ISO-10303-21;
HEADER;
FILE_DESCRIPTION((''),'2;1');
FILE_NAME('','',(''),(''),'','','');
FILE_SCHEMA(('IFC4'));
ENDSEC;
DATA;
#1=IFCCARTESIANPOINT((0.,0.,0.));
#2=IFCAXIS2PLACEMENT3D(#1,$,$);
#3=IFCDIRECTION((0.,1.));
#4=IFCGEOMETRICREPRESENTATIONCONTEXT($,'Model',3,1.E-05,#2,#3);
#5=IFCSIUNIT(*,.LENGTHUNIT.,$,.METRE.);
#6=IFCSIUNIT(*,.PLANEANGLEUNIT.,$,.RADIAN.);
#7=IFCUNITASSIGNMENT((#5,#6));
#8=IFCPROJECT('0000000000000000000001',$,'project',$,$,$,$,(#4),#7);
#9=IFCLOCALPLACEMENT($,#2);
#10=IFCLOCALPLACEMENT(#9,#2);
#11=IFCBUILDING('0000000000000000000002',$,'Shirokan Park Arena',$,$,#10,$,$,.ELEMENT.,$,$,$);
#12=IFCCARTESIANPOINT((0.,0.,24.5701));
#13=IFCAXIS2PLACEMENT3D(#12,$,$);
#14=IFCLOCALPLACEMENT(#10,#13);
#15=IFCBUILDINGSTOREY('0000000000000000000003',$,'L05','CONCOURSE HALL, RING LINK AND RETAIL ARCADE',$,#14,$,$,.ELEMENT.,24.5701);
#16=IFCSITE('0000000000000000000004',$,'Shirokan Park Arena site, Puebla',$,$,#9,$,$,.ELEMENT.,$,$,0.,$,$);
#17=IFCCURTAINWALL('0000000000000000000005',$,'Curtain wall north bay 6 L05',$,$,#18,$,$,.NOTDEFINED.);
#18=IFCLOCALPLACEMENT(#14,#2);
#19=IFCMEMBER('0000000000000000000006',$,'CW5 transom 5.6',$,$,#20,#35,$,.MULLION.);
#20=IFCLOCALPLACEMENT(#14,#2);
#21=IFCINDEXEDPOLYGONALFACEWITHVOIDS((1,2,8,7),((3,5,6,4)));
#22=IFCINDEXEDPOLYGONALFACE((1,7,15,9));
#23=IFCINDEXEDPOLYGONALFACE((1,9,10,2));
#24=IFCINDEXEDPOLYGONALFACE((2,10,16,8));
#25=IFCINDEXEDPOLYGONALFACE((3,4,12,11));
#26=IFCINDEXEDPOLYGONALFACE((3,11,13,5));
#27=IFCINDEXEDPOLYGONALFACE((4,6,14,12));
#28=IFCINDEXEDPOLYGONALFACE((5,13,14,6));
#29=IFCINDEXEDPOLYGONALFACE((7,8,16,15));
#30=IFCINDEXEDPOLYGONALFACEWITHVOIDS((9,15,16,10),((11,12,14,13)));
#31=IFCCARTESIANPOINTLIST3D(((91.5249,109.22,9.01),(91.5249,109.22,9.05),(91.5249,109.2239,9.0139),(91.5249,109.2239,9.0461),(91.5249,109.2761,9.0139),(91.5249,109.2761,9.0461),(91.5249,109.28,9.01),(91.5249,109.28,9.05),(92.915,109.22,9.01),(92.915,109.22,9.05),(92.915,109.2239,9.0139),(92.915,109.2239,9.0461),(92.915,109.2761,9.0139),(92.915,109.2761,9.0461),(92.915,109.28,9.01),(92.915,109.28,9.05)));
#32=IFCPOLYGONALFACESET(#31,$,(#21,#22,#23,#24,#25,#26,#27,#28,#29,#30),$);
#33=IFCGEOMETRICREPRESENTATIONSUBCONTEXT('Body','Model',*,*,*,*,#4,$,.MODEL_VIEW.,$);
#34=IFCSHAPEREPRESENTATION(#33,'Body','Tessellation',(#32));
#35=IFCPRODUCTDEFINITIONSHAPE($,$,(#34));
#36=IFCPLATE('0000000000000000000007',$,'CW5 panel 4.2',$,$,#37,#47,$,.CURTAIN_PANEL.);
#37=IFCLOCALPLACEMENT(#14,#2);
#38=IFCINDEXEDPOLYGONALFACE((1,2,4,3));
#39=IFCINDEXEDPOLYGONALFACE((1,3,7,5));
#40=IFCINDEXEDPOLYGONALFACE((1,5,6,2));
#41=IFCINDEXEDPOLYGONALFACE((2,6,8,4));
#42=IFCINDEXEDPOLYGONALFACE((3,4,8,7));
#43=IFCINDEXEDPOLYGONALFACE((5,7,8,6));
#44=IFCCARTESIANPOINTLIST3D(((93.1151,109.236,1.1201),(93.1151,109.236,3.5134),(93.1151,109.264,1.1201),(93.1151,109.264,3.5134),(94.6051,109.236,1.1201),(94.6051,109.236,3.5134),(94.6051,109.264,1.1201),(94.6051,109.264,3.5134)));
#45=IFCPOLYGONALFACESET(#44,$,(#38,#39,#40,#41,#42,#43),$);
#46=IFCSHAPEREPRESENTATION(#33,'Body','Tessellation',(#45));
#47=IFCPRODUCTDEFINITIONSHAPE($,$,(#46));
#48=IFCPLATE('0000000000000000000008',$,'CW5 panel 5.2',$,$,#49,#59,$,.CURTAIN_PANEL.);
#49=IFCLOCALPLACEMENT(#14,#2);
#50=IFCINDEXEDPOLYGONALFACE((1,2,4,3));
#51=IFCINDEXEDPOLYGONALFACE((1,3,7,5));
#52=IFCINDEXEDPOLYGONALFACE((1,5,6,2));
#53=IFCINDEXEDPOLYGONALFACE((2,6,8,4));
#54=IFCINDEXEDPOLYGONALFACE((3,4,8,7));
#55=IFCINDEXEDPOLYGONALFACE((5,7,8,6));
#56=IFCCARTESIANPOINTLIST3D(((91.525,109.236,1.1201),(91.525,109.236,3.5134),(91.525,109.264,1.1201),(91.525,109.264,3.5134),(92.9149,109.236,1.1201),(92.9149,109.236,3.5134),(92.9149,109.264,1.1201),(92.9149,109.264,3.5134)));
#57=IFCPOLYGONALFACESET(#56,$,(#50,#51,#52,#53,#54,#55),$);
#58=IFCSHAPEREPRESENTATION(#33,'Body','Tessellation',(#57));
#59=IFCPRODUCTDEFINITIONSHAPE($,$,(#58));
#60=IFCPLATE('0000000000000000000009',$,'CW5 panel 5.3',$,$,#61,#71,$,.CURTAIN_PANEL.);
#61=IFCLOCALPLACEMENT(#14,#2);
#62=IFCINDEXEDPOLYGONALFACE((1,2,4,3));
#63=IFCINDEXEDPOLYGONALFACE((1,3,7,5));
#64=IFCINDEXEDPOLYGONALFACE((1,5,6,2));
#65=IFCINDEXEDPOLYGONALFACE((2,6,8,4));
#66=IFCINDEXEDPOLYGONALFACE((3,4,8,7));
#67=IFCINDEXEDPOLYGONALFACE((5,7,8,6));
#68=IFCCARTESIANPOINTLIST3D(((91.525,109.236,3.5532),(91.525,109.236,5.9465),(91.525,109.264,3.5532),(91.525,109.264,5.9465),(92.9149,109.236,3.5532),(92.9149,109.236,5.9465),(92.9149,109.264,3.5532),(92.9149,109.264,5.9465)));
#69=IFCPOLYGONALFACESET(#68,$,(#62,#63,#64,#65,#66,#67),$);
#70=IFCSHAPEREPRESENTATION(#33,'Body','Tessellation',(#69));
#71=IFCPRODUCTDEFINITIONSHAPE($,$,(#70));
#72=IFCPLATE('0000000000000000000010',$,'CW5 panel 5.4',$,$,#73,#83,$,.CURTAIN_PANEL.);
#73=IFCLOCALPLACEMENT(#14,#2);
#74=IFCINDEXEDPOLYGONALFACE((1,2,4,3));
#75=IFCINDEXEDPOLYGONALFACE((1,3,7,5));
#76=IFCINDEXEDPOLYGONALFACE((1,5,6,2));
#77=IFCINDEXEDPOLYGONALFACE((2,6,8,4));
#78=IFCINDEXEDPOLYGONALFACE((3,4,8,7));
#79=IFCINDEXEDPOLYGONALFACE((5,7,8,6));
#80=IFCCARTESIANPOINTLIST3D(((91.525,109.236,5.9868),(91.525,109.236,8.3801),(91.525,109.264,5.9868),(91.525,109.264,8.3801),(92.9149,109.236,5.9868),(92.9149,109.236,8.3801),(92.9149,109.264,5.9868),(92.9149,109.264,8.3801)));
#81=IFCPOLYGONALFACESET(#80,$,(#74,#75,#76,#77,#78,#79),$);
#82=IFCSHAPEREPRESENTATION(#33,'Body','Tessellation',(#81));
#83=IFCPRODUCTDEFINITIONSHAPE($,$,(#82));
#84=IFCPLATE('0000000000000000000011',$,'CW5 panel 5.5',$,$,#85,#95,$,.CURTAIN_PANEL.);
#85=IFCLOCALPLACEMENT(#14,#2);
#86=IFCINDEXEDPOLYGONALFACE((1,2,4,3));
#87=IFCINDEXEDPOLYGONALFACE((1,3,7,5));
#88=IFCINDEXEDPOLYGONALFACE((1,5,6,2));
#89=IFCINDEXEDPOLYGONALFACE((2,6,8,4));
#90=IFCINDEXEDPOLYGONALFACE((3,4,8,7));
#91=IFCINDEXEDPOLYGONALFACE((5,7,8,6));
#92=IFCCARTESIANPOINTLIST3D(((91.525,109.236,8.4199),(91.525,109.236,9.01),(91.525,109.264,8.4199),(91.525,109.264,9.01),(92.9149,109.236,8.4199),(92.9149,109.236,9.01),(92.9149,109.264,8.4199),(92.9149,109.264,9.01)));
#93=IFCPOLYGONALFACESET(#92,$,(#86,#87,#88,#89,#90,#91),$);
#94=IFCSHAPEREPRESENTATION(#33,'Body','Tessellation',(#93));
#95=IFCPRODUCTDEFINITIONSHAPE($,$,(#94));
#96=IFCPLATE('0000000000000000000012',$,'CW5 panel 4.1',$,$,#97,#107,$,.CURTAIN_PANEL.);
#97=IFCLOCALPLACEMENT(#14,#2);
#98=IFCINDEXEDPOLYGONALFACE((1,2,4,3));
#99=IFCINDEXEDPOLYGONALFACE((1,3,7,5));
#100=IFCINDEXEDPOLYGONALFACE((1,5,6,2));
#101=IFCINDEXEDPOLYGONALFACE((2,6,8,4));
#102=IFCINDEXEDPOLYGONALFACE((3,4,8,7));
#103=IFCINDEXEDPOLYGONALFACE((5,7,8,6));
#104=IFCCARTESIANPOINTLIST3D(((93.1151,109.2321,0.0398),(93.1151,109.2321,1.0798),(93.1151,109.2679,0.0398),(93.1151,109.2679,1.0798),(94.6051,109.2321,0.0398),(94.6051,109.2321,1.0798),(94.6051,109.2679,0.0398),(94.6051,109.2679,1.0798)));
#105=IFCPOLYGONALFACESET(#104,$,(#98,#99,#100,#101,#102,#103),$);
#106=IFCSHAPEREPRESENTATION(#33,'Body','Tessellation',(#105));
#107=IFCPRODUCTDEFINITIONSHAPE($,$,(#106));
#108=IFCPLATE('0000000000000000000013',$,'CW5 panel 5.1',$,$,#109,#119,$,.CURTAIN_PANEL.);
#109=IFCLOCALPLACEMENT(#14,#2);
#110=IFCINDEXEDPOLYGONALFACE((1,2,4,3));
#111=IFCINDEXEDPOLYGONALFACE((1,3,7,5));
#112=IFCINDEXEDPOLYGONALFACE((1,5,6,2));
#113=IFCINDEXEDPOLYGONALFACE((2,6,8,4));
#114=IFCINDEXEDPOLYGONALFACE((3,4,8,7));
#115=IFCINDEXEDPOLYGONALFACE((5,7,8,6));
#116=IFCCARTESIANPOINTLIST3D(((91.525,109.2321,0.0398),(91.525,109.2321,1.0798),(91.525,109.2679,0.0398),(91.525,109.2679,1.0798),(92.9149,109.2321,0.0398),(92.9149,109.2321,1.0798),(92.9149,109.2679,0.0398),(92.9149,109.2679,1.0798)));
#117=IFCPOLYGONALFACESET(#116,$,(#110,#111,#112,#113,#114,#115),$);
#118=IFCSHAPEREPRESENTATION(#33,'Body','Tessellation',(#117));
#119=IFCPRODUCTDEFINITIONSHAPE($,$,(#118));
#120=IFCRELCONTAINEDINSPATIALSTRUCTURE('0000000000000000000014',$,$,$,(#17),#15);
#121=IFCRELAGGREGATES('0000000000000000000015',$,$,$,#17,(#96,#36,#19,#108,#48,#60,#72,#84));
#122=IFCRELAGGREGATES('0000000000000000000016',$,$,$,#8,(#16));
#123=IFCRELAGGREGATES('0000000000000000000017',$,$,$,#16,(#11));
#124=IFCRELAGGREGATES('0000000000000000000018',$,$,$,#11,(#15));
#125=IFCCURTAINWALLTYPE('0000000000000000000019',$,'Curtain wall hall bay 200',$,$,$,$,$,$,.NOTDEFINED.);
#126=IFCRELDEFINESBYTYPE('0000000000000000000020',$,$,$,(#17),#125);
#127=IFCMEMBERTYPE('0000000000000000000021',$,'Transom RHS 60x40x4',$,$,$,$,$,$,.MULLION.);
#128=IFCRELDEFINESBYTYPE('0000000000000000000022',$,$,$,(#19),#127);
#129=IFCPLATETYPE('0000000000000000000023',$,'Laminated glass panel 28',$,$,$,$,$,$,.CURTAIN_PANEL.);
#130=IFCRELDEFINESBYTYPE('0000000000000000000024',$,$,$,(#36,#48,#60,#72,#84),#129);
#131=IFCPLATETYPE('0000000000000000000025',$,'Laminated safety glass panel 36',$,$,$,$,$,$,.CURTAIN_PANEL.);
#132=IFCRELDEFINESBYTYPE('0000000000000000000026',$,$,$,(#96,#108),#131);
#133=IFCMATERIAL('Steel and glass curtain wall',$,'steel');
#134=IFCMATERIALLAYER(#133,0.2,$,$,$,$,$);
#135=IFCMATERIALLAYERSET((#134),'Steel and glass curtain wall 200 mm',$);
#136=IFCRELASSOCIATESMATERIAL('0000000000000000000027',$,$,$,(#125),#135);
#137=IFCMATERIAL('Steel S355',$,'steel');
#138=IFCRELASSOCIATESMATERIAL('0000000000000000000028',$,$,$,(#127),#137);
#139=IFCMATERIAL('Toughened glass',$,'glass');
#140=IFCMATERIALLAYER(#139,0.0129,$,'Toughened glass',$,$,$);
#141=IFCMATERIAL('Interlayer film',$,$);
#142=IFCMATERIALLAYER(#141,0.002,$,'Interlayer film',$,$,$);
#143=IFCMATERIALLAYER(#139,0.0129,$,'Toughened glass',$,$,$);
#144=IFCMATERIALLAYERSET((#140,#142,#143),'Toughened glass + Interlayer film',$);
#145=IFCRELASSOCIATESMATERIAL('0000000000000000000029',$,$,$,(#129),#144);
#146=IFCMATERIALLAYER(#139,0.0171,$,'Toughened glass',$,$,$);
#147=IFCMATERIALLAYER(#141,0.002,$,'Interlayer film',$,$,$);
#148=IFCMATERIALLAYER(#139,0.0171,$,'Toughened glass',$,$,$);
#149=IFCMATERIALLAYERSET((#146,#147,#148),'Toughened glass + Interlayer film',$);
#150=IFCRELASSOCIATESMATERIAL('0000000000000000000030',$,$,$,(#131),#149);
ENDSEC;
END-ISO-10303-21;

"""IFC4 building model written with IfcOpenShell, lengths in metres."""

from ifc_helpers import new_model, si_unit, direction, frame, origin, origin_2d, place, context, subcontext, project, spatial, rectangle, hollow_rectangle, extrude, material, layer, layer_set, material_profile, profile_set, type_object, element, aggregate, save


model = new_model("IFC4")

# Units and contexts
model_context = context("Model", 3, precision=1e-05, world=origin(), true_north=direction((0.0, 1.0)))
body_context = subcontext(model_context, "Body", "Model", "MODEL_VIEW")
ifc_project = project(units=[si_unit("LENGTHUNIT", "METRE"), si_unit("PLANEANGLEUNIT", "RADIAN")], contexts=[model_context])

# Site, building, storey
site_placement = place(None, origin())
site = spatial("IfcSite", under=ifc_project, at=site_placement, Name="Shirokan Park Arena site, Puebla", CompositionType="ELEMENT", RefElevation=0.0)
building_placement = place(site_placement, origin())
building = spatial("IfcBuilding", under=site, at=building_placement, Name="Shirokan Park Arena", CompositionType="ELEMENT")
storey_placement = place(building_placement, frame((0.0, 0.0, 24.5701)))
storey = spatial("IfcBuildingStorey", under=building, at=storey_placement, Name="L05", Description="CONCOURSE HALL, RING LINK AND RETAIL ARCADE", CompositionType="ELEMENT", Elevation=24.5701)

# Curtain wall
ifc_material_1 = material(Name="Steel and glass curtain wall", Category="steel")
ifc_layer_1 = layer(ifc_material_1, 0.2)
ifc_layer_set_1 = layer_set([ifc_layer_1], Name="Steel and glass curtain wall 200 mm")
curtain_wall_type = type_object("IfcCurtainWallType", Name="Curtain wall hall bay 200", PredefinedType="NOTDEFINED", material=ifc_layer_set_1)
curtain_wall_placement = place(storey_placement, origin())
curtain_wall = element("IfcCurtainWall", 1, at=curtain_wall_placement, inside=storey, type_object=curtain_wall_type, Name="Curtain wall north bay 6 L05", PredefinedType="NOTDEFINED")
ifc_material_2 = material(Name="Steel S355", Category="steel")

# Member
ifc_material_profile_1 = material_profile(ifc_material_2, hollow_rectangle(XDim=0.0601, YDim=0.04, WallThickness=0.0039, at=origin_2d()), Name="RHS 60x40x4")
ifc_profile_set_1 = profile_set([ifc_material_profile_1], Name="Steel S355")
member_type_1 = type_object("IfcMemberType", Name="Transom RHS 60x40x4", PredefinedType="MULLION", material=ifc_profile_set_1)
member_1_placement = place(storey_placement, frame((92.915, 109.25, 9.03), z_axis=(-1.0, 0.0, 0.0), x_axis=(0.0, -1.0, 0.0)))
member_1 = element("IfcMember", 2, at=member_1_placement, type_object=member_type_1, Name="CW5 transom 5.6", PredefinedType="MULLION", context=body_context, shape_type="SweptSolid", body=[
    extrude(hollow_rectangle(XDim=0.0601, YDim=0.04, WallThickness=0.0039, at=origin_2d()), origin(), (0.0, 0.0, 1.0), 1.3901),
])

# Plates
ifc_material_3 = material(Name="Toughened glass", Category="glass")
ifc_layer_2 = layer(ifc_material_3, 0.0129, Name="Toughened glass")
ifc_material_4 = material(Name="Interlayer film")
ifc_layer_3 = layer(ifc_material_4, 0.002, Name="Interlayer film")
ifc_layer_4 = layer(ifc_material_3, 0.0129, Name="Toughened glass")
ifc_layer_set_2 = layer_set([ifc_layer_2, ifc_layer_3, ifc_layer_4], Name="Toughened glass + Interlayer film")
plate_type_1 = type_object("IfcPlateType", Name="Laminated glass panel 28", PredefinedType="CURTAIN_PANEL", material=ifc_layer_set_2)
plate_1_placement = place(storey_placement, frame((93.8601, 109.25, 1.1201), z_axis=(0.0, 0.0, 1.0), x_axis=(-1.0, 0.0, 0.0)))
plate_1 = element("IfcPlate", 3, at=plate_1_placement, type_object=plate_type_1, Name="CW5 panel 4.2", PredefinedType="CURTAIN_PANEL", context=body_context, shape_type="SweptSolid", body=[
    extrude(rectangle(XDim=1.49, YDim=0.0281, at=origin_2d()), origin(), (0.0, 0.0, 1.0), 2.3933),
])
plate_2_placement = place(storey_placement, frame((92.22, 109.25, 1.1201), z_axis=(0.0, 0.0, 1.0), x_axis=(-1.0, 0.0, 0.0)))
plate_2 = element("IfcPlate", 4, at=plate_2_placement, type_object=plate_type_1, Name="CW5 panel 5.2", PredefinedType="CURTAIN_PANEL", context=body_context, shape_type="SweptSolid", body=[
    extrude(rectangle(XDim=1.3899, YDim=0.0281, at=origin_2d()), origin(), (0.0, 0.0, 1.0), 2.3933),
])
plate_3_placement = place(storey_placement, frame((92.22, 109.25, 3.5532), z_axis=(0.0, 0.0, 1.0), x_axis=(-1.0, 0.0, 0.0)))
plate_3 = element("IfcPlate", 5, at=plate_3_placement, type_object=plate_type_1, Name="CW5 panel 5.3", PredefinedType="CURTAIN_PANEL", context=body_context, shape_type="SweptSolid", body=[
    extrude(rectangle(XDim=1.3899, YDim=0.0281, at=origin_2d()), origin(), (0.0, 0.0, 1.0), 2.3933),
])
plate_4_placement = place(storey_placement, frame((92.22, 109.25, 5.9868), z_axis=(0.0, 0.0, 1.0), x_axis=(-1.0, 0.0, 0.0)))
plate_4 = element("IfcPlate", 6, at=plate_4_placement, type_object=plate_type_1, Name="CW5 panel 5.4", PredefinedType="CURTAIN_PANEL", context=body_context, shape_type="SweptSolid", body=[
    extrude(rectangle(XDim=1.3899, YDim=0.0281, at=origin_2d()), origin(), (0.0, 0.0, 1.0), 2.3933),
])
plate_5_placement = place(storey_placement, frame((92.22, 109.25, 8.4199), z_axis=(0.0, 0.0, 1.0), x_axis=(-1.0, 0.0, 0.0)))
plate_5 = element("IfcPlate", 7, at=plate_5_placement, type_object=plate_type_1, Name="CW5 panel 5.5", PredefinedType="CURTAIN_PANEL", context=body_context, shape_type="SweptSolid", body=[
    extrude(rectangle(XDim=1.3899, YDim=0.0281, at=origin_2d()), origin(), (0.0, 0.0, 1.0), 0.5901),
])
ifc_layer_5 = layer(ifc_material_3, 0.0171, Name="Toughened glass")
ifc_layer_6 = layer(ifc_material_4, 0.002, Name="Interlayer film")
ifc_layer_7 = layer(ifc_material_3, 0.0171, Name="Toughened glass")
ifc_layer_set_3 = layer_set([ifc_layer_5, ifc_layer_6, ifc_layer_7], Name="Toughened glass + Interlayer film")
plate_type_2 = type_object("IfcPlateType", Name="Laminated safety glass panel 36", PredefinedType="CURTAIN_PANEL", material=ifc_layer_set_3)
plate_6_placement = place(storey_placement, frame((93.8601, 109.25, 0.0398), z_axis=(0.0, 0.0, 1.0), x_axis=(-1.0, 0.0, 0.0)))
plate_6 = element("IfcPlate", 8, at=plate_6_placement, type_object=plate_type_2, Name="CW5 panel 4.1", PredefinedType="CURTAIN_PANEL", context=body_context, shape_type="SweptSolid", body=[
    extrude(rectangle(XDim=1.49, YDim=0.0359, at=origin_2d()), origin(), (0.0, 0.0, 1.0), 1.04),
])
plate_7_placement = place(storey_placement, frame((92.22, 109.25, 0.0398), z_axis=(0.0, 0.0, 1.0), x_axis=(-1.0, 0.0, 0.0)))
plate_7 = element("IfcPlate", 9, at=plate_7_placement, type_object=plate_type_2, Name="CW5 panel 5.1", PredefinedType="CURTAIN_PANEL", context=body_context, shape_type="SweptSolid", body=[
    extrude(rectangle(XDim=1.3899, YDim=0.0359, at=origin_2d()), origin(), (0.0, 0.0, 1.0), 1.04),
])
aggregate(curtain_wall, [plate_6, plate_1, member_1, plate_7, plate_2, plate_3, plate_4, plate_5])

save(model, "model.ifc")
